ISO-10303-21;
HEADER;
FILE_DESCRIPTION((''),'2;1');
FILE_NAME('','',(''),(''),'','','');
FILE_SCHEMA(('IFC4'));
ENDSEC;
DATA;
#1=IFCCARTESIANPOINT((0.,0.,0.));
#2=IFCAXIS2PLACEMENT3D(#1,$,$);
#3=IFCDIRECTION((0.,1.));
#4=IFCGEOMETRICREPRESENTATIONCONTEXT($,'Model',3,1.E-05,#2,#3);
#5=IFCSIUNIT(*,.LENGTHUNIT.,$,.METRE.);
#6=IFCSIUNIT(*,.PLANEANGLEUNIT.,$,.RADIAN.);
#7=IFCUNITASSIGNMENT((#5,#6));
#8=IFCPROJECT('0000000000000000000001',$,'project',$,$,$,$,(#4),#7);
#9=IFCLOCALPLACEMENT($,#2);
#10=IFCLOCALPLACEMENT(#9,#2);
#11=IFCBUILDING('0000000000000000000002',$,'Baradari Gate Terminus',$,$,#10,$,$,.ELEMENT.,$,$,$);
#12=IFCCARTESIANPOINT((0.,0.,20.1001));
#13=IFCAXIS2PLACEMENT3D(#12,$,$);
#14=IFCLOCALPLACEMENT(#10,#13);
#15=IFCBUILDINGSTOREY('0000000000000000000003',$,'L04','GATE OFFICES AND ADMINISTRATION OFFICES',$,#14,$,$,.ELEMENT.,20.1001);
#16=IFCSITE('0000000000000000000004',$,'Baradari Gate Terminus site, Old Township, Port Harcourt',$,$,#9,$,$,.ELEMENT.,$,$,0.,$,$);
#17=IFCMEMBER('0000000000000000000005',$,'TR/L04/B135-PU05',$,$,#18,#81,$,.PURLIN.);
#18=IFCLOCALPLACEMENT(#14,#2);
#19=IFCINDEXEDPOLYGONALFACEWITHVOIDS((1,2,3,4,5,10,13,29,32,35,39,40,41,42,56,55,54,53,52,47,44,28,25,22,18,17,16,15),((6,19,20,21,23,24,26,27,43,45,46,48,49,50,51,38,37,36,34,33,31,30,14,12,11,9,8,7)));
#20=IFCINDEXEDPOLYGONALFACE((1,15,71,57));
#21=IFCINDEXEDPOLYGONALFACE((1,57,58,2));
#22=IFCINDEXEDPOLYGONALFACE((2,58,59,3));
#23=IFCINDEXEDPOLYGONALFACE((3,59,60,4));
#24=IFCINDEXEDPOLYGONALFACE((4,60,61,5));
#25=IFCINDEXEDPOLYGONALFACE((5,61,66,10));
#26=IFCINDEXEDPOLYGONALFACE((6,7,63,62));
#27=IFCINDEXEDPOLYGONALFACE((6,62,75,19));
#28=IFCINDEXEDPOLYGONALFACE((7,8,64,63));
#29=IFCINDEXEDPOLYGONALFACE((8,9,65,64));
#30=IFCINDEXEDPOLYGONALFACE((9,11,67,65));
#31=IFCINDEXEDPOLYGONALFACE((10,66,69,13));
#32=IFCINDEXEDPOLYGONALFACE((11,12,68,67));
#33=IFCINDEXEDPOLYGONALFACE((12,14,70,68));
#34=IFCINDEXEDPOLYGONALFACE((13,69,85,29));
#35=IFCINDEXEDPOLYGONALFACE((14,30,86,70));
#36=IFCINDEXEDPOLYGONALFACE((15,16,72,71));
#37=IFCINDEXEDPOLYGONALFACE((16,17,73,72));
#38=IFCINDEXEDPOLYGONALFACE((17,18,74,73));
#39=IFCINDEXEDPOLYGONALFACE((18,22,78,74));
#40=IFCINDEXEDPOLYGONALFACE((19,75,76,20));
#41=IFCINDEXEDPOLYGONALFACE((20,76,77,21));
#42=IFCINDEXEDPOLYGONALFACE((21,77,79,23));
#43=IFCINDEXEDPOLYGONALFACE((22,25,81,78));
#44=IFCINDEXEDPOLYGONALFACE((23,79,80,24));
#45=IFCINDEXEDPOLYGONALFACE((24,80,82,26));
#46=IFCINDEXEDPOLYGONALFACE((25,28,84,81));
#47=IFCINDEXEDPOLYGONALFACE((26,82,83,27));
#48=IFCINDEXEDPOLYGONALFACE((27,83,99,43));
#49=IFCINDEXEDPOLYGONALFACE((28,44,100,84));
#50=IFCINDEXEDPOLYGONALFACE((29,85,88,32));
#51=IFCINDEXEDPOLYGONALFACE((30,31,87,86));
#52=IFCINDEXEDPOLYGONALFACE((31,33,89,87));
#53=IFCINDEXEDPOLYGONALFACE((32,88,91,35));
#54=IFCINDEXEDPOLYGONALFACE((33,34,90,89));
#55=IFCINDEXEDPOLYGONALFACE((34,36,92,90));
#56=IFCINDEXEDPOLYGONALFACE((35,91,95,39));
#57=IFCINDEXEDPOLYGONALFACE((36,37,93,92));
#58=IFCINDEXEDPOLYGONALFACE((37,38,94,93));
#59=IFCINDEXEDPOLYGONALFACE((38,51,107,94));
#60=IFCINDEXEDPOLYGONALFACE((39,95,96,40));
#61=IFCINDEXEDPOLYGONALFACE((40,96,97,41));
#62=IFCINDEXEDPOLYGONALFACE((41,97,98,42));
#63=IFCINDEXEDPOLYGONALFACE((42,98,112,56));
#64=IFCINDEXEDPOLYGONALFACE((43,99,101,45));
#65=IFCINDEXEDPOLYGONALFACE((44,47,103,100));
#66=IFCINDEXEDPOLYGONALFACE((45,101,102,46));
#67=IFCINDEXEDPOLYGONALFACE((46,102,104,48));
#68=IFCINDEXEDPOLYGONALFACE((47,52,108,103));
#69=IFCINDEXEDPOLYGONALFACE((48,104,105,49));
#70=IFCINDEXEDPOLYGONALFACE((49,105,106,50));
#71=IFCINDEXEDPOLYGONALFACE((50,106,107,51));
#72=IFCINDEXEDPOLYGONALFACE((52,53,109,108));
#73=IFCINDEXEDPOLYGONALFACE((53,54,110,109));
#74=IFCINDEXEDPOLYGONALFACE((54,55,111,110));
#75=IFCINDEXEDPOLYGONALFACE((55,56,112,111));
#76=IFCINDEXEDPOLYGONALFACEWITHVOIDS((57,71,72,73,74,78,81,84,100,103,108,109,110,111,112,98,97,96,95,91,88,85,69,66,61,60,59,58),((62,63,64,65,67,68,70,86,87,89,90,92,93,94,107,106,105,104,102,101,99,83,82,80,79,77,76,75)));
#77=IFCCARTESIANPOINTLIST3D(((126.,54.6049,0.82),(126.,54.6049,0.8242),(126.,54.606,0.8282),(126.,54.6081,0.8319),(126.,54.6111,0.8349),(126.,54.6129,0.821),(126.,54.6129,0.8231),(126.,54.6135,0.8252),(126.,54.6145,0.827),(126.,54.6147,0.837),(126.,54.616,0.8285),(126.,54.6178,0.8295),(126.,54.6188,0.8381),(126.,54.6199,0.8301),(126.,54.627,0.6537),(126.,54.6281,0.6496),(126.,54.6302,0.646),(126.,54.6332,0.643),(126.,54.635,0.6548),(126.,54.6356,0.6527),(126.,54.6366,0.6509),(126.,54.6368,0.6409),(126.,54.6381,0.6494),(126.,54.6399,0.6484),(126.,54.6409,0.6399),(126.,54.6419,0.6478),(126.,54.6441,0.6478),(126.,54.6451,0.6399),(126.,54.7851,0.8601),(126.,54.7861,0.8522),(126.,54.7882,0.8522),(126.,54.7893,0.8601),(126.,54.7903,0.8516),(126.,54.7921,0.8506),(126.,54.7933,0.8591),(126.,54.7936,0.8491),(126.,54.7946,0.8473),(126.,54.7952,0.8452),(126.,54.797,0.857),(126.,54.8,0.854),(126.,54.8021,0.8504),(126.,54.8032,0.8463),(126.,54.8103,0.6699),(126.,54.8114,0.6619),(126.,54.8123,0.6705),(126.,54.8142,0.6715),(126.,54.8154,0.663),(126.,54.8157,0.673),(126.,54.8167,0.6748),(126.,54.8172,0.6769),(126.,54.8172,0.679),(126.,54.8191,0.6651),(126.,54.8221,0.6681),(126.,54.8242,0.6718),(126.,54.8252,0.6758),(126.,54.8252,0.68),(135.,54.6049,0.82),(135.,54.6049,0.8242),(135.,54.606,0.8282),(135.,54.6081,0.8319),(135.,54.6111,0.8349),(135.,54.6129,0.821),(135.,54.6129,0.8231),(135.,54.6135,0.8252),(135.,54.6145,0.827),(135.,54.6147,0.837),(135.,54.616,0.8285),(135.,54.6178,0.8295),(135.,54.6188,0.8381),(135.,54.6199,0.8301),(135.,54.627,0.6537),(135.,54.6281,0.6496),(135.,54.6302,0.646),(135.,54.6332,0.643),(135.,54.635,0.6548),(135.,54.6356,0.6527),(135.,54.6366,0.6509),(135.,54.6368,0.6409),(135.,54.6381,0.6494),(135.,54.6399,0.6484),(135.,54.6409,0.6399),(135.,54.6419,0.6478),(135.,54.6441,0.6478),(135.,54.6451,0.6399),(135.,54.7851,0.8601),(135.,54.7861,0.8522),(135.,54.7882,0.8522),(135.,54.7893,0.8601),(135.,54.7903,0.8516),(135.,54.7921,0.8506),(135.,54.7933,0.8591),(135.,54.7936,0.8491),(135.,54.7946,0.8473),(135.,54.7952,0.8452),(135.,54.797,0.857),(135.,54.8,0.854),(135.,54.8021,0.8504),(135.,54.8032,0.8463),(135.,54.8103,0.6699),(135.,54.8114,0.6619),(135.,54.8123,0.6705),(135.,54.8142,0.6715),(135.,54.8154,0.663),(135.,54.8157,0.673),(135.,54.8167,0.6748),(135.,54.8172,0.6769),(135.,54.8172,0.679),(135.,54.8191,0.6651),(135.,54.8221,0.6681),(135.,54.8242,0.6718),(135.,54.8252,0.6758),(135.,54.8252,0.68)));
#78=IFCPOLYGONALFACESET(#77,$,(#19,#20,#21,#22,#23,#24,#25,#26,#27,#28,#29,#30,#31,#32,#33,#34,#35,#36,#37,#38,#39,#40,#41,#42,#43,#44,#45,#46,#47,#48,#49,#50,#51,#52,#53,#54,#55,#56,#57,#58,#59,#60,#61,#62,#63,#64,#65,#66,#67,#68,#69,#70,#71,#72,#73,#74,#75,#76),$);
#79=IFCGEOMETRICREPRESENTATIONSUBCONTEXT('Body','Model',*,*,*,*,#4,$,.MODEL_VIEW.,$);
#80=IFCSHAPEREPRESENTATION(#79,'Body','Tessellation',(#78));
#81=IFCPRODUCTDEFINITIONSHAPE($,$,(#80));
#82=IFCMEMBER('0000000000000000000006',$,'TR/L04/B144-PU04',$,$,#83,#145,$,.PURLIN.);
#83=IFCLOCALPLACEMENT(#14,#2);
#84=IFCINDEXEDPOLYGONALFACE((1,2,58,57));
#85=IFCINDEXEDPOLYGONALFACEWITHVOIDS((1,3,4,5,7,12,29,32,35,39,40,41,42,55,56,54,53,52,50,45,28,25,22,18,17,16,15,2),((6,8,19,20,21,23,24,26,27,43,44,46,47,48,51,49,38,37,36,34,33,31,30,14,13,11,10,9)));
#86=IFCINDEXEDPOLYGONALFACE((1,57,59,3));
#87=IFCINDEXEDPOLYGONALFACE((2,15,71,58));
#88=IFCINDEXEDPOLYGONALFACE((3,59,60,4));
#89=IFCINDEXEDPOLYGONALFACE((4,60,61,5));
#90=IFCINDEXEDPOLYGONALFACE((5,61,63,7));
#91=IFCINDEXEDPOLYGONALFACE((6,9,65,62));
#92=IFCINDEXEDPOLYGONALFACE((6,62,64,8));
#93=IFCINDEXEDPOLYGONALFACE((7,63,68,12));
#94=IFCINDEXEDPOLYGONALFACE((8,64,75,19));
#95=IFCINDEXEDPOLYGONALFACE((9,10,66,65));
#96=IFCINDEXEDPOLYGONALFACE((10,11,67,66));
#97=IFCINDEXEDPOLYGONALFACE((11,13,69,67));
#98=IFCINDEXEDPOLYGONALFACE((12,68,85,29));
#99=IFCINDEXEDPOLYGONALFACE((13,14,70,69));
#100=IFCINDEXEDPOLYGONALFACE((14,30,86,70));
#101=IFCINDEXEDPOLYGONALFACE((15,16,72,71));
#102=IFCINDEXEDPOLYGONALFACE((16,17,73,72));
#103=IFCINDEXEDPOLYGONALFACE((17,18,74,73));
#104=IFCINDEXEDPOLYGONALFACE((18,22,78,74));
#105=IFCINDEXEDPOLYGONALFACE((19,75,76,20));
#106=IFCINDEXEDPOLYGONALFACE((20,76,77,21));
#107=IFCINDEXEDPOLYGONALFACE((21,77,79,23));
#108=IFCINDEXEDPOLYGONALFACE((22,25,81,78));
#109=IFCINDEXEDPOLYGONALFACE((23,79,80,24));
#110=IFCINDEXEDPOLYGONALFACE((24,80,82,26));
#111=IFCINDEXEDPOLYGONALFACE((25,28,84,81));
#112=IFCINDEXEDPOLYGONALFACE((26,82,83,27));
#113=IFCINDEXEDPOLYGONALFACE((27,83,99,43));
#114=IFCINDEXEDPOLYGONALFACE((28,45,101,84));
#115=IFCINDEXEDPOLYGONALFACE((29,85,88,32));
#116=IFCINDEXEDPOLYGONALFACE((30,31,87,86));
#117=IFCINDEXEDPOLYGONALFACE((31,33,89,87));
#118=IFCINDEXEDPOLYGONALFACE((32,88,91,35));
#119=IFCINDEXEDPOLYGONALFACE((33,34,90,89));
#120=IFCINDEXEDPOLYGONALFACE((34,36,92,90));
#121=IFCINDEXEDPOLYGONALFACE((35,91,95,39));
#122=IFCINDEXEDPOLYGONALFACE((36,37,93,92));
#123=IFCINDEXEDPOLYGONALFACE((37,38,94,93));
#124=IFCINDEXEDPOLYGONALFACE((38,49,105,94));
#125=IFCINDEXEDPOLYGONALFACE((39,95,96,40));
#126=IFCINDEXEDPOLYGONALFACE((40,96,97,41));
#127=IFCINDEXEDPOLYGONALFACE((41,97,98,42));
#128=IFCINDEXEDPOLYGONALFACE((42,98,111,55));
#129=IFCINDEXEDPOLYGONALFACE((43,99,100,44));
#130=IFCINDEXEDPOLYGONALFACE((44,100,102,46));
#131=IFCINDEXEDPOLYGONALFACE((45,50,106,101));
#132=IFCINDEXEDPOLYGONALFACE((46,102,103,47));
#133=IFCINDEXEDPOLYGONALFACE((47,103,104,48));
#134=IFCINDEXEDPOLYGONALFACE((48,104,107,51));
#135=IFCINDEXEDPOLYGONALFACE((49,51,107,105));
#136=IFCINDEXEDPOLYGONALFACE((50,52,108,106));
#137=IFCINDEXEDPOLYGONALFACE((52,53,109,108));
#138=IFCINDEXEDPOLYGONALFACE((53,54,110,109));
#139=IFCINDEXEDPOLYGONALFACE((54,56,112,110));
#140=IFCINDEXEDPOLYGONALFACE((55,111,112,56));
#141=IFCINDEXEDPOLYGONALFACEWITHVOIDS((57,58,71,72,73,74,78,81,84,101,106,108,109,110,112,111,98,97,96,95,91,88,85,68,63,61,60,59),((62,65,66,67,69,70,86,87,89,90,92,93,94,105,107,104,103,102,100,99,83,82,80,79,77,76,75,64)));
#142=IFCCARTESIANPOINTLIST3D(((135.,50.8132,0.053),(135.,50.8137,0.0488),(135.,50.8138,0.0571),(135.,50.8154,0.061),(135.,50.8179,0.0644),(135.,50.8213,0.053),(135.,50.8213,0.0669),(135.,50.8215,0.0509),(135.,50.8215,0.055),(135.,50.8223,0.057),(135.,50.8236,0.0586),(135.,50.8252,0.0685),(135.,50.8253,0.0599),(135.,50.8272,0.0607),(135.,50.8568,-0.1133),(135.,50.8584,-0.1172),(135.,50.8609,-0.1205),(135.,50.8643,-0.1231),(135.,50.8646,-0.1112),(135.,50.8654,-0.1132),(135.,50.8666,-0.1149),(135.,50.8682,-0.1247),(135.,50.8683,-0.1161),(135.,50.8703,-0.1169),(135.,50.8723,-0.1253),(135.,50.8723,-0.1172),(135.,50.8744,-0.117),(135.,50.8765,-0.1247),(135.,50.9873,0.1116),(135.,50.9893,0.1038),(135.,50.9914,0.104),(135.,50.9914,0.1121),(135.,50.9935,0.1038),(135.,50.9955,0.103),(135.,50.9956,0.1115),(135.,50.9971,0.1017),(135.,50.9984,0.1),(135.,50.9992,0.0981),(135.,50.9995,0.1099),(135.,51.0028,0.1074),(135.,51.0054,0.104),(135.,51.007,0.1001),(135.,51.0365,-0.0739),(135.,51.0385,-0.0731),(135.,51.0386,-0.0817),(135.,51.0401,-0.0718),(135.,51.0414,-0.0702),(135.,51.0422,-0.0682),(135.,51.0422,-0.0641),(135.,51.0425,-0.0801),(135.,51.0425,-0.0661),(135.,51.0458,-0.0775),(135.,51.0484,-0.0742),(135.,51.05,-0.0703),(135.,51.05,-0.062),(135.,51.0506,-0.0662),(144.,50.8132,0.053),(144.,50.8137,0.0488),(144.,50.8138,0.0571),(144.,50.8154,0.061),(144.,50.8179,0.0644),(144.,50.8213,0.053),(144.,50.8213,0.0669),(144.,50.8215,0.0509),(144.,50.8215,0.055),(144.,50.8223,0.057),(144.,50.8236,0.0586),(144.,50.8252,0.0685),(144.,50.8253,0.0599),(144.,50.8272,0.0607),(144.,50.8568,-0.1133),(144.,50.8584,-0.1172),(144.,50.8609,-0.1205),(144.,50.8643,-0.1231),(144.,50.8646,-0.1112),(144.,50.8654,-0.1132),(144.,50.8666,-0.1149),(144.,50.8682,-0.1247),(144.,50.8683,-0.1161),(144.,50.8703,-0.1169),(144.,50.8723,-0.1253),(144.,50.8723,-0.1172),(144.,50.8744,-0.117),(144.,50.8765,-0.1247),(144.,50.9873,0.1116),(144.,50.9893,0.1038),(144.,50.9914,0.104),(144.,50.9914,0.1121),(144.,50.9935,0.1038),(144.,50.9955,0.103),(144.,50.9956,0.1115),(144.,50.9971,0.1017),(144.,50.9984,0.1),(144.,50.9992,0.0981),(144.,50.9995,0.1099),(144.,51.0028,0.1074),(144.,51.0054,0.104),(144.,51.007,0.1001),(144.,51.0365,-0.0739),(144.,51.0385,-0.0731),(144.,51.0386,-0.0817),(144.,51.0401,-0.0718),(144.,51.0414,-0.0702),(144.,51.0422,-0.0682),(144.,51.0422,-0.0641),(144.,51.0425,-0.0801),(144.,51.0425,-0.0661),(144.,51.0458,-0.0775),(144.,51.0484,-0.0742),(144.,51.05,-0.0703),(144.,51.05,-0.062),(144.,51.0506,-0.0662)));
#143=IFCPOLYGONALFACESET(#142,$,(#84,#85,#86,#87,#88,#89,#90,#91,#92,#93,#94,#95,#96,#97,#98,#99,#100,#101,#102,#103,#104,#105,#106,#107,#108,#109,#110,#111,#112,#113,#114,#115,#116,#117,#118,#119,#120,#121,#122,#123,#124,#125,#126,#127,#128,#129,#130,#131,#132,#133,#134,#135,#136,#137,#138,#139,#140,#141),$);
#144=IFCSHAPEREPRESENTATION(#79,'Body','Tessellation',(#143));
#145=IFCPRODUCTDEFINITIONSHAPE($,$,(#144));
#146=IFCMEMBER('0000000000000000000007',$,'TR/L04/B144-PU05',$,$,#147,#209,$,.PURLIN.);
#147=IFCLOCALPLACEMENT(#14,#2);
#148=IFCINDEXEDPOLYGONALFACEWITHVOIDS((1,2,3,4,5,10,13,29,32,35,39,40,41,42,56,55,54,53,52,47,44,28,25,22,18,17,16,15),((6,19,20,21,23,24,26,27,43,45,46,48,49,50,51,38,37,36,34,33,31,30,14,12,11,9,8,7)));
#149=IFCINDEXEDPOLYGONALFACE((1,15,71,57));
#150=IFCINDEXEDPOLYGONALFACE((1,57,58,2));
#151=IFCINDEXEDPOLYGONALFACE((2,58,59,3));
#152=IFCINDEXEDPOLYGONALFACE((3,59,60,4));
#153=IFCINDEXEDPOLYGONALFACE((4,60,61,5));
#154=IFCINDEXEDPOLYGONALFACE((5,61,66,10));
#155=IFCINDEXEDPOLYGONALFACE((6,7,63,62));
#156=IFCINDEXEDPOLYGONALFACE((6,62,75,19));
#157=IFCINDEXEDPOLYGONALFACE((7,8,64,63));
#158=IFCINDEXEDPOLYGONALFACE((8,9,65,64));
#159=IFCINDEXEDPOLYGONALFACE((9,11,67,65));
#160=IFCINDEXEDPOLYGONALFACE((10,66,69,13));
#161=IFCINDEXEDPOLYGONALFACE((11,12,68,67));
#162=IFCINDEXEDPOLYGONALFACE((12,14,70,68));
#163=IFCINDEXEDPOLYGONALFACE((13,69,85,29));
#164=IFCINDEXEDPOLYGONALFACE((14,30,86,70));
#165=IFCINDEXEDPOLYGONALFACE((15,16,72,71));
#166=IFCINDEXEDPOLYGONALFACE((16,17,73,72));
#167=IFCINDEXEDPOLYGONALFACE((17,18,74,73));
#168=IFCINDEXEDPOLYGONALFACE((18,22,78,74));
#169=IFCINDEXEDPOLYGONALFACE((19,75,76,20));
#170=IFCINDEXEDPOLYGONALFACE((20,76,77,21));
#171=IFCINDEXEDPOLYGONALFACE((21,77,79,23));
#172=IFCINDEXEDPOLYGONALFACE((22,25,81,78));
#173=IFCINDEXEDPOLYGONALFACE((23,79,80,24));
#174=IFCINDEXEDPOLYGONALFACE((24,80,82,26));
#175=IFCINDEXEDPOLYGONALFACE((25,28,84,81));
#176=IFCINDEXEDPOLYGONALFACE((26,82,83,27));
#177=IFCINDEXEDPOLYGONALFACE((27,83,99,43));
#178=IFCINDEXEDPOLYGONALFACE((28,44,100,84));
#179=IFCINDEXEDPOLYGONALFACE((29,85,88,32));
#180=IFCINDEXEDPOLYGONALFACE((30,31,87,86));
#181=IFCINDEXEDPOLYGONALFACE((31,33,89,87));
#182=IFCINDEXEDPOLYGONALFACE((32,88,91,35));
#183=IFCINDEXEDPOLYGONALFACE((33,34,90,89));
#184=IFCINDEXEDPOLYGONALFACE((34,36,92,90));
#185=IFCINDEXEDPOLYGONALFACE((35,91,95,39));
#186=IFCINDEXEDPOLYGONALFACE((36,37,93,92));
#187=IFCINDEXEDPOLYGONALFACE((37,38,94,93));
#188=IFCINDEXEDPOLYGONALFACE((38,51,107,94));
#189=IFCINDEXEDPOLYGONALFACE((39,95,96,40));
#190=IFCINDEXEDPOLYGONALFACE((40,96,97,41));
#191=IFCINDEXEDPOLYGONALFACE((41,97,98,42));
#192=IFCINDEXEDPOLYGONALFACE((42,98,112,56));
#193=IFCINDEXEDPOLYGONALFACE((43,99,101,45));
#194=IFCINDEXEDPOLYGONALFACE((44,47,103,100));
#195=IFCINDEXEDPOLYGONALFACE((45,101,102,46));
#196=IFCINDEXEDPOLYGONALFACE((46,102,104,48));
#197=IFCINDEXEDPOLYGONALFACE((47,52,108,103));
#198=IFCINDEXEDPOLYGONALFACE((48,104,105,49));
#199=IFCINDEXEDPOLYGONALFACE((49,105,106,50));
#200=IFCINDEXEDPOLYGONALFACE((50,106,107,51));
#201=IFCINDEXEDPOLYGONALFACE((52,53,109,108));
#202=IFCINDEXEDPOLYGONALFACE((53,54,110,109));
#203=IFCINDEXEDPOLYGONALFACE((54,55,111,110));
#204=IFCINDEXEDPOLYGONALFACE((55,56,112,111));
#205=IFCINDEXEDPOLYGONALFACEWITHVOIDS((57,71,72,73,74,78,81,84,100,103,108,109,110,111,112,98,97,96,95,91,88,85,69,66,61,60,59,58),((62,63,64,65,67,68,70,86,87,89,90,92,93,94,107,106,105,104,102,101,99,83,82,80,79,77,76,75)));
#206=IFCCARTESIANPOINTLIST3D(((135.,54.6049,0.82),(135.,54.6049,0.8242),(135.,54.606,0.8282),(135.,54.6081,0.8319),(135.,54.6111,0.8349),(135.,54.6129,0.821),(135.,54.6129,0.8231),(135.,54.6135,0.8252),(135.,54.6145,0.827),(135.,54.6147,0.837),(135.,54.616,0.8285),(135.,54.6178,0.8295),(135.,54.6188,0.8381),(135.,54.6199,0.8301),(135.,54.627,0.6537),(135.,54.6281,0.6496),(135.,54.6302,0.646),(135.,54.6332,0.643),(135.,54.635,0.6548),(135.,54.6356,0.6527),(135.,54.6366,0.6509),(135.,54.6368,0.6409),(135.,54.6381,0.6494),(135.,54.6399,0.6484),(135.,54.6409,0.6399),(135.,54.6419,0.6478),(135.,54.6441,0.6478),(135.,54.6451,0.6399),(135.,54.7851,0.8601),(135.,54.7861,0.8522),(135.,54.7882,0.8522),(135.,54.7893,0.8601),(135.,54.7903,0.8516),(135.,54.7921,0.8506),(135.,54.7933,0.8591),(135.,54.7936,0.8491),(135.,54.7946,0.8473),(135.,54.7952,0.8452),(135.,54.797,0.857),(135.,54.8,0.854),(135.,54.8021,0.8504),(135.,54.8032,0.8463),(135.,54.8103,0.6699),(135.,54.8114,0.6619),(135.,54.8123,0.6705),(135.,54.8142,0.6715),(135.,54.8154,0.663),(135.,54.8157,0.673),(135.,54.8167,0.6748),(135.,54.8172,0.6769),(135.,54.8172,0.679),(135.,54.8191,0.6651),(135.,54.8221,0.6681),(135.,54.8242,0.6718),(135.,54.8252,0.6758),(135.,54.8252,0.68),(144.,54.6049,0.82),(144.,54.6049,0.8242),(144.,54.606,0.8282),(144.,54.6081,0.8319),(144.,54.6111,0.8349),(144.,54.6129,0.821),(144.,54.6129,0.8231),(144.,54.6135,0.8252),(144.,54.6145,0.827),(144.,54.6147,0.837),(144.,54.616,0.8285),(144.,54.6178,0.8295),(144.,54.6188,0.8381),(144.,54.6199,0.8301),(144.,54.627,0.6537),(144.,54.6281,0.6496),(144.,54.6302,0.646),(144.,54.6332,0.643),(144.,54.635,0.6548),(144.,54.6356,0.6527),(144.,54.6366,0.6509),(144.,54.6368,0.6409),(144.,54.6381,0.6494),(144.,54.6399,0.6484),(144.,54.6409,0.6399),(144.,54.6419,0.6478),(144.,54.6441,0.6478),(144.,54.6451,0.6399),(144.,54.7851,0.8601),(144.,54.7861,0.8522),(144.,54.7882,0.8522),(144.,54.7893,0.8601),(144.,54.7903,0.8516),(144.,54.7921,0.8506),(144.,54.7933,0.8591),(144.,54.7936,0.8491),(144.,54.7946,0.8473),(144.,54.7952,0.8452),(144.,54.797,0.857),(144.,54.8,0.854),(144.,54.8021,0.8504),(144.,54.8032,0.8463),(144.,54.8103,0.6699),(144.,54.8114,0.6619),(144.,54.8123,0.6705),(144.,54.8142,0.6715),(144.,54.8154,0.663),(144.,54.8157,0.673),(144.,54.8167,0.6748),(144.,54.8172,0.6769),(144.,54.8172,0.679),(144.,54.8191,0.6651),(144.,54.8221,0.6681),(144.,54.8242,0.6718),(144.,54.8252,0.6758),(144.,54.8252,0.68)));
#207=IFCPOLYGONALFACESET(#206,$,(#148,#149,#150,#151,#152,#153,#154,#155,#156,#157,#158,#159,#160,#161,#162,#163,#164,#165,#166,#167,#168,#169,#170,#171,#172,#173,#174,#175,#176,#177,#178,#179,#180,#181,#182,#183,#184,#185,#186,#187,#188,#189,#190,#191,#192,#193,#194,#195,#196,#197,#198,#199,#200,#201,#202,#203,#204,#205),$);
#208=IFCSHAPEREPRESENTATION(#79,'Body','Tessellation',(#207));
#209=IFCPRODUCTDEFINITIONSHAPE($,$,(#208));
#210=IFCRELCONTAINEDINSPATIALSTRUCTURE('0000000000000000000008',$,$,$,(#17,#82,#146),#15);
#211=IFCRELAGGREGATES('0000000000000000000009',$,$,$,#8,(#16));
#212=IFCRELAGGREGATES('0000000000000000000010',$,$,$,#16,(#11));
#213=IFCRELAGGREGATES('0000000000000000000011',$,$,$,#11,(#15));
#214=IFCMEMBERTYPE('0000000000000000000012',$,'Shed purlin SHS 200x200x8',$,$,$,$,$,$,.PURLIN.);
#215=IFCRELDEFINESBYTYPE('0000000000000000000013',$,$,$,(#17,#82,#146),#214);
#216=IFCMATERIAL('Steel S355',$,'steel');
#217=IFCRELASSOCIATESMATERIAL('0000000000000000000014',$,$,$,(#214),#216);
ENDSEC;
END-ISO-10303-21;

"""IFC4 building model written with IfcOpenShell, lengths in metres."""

from ifc_helpers import new_model, si_unit, direction, frame, origin, origin_2d, place, context, subcontext, project, spatial, hollow_rectangle, extrude, material, material_profile, profile_set, type_object, element, save


model = new_model("IFC4")

# Units and contexts
model_context = context("Model", 3, precision=1e-05, world=origin(), true_north=direction((0.0, 1.0)))
body_context = subcontext(model_context, "Body", "Model", "MODEL_VIEW")
ifc_project = project(units=[si_unit("LENGTHUNIT", "METRE"), si_unit("PLANEANGLEUNIT", "RADIAN")], contexts=[model_context])

# Site, building, storey
site_placement = place(None, origin())
site = spatial("IfcSite", under=ifc_project, at=site_placement, Name="Baradari Gate Terminus site, Old Township, Port Harcourt", CompositionType="ELEMENT", RefElevation=0.0)
building_placement = place(site_placement, origin())
building = spatial("IfcBuilding", under=site, at=building_placement, Name="Baradari Gate Terminus", CompositionType="ELEMENT")
storey_placement = place(building_placement, frame((0.0, 0.0, 20.1001)))
storey = spatial("IfcBuildingStorey", under=building, at=storey_placement, Name="L04", Description="GATE OFFICES AND ADMINISTRATION OFFICES", CompositionType="ELEMENT", Elevation=20.1001)

# Members
ifc_material_1 = material(Name="Steel S355", Category="steel")
ifc_material_profile_1 = material_profile(ifc_material_1, hollow_rectangle(XDim=0.2, YDim=0.2, WallThickness=0.0081, InnerFilletRadius=0.0081, OuterFilletRadius=0.0161, at=origin_2d()), Name="SHS 200x200x8")
ifc_profile_set_1 = profile_set([ifc_material_profile_1], Name="Steel S355")
member_type_1 = type_object("IfcMemberType", Name="Shed purlin SHS 200x200x8", PredefinedType="PURLIN", material=ifc_profile_set_1)
for number, where, z_axis, x_axis, name in (
    (1, (126.0, 54.7151, 0.75), (1.0, 0.0, 0.0), (0.0, 0.991303, 0.131599), "TR/L04/B135-PU05"),
    (2, (135.0, 50.9319, -0.0066), (1.0, 0.0, 0.0), (0.0, 0.9665, 0.256668), "TR/L04/B144-PU04"),
    (3, (135.0, 54.7151, 0.75), (1.0, 0.0, 0.0), (0.0, 0.991303, 0.131599), "TR/L04/B144-PU05"),
):
    element("IfcMember", number, at=place(storey_placement, frame(where, z_axis=z_axis, x_axis=x_axis)), inside=storey, type_object=member_type_1, Name=name, PredefinedType="PURLIN", context=body_context, shape_type="SweptSolid", body=[
        extrude(hollow_rectangle(XDim=0.2, YDim=0.2, WallThickness=0.0081, InnerFilletRadius=0.0081, OuterFilletRadius=0.0161, at=origin_2d()), origin(), (0.0, 0.0, 1.0), 9.0),
    ])

save(model, "model.ifc")
